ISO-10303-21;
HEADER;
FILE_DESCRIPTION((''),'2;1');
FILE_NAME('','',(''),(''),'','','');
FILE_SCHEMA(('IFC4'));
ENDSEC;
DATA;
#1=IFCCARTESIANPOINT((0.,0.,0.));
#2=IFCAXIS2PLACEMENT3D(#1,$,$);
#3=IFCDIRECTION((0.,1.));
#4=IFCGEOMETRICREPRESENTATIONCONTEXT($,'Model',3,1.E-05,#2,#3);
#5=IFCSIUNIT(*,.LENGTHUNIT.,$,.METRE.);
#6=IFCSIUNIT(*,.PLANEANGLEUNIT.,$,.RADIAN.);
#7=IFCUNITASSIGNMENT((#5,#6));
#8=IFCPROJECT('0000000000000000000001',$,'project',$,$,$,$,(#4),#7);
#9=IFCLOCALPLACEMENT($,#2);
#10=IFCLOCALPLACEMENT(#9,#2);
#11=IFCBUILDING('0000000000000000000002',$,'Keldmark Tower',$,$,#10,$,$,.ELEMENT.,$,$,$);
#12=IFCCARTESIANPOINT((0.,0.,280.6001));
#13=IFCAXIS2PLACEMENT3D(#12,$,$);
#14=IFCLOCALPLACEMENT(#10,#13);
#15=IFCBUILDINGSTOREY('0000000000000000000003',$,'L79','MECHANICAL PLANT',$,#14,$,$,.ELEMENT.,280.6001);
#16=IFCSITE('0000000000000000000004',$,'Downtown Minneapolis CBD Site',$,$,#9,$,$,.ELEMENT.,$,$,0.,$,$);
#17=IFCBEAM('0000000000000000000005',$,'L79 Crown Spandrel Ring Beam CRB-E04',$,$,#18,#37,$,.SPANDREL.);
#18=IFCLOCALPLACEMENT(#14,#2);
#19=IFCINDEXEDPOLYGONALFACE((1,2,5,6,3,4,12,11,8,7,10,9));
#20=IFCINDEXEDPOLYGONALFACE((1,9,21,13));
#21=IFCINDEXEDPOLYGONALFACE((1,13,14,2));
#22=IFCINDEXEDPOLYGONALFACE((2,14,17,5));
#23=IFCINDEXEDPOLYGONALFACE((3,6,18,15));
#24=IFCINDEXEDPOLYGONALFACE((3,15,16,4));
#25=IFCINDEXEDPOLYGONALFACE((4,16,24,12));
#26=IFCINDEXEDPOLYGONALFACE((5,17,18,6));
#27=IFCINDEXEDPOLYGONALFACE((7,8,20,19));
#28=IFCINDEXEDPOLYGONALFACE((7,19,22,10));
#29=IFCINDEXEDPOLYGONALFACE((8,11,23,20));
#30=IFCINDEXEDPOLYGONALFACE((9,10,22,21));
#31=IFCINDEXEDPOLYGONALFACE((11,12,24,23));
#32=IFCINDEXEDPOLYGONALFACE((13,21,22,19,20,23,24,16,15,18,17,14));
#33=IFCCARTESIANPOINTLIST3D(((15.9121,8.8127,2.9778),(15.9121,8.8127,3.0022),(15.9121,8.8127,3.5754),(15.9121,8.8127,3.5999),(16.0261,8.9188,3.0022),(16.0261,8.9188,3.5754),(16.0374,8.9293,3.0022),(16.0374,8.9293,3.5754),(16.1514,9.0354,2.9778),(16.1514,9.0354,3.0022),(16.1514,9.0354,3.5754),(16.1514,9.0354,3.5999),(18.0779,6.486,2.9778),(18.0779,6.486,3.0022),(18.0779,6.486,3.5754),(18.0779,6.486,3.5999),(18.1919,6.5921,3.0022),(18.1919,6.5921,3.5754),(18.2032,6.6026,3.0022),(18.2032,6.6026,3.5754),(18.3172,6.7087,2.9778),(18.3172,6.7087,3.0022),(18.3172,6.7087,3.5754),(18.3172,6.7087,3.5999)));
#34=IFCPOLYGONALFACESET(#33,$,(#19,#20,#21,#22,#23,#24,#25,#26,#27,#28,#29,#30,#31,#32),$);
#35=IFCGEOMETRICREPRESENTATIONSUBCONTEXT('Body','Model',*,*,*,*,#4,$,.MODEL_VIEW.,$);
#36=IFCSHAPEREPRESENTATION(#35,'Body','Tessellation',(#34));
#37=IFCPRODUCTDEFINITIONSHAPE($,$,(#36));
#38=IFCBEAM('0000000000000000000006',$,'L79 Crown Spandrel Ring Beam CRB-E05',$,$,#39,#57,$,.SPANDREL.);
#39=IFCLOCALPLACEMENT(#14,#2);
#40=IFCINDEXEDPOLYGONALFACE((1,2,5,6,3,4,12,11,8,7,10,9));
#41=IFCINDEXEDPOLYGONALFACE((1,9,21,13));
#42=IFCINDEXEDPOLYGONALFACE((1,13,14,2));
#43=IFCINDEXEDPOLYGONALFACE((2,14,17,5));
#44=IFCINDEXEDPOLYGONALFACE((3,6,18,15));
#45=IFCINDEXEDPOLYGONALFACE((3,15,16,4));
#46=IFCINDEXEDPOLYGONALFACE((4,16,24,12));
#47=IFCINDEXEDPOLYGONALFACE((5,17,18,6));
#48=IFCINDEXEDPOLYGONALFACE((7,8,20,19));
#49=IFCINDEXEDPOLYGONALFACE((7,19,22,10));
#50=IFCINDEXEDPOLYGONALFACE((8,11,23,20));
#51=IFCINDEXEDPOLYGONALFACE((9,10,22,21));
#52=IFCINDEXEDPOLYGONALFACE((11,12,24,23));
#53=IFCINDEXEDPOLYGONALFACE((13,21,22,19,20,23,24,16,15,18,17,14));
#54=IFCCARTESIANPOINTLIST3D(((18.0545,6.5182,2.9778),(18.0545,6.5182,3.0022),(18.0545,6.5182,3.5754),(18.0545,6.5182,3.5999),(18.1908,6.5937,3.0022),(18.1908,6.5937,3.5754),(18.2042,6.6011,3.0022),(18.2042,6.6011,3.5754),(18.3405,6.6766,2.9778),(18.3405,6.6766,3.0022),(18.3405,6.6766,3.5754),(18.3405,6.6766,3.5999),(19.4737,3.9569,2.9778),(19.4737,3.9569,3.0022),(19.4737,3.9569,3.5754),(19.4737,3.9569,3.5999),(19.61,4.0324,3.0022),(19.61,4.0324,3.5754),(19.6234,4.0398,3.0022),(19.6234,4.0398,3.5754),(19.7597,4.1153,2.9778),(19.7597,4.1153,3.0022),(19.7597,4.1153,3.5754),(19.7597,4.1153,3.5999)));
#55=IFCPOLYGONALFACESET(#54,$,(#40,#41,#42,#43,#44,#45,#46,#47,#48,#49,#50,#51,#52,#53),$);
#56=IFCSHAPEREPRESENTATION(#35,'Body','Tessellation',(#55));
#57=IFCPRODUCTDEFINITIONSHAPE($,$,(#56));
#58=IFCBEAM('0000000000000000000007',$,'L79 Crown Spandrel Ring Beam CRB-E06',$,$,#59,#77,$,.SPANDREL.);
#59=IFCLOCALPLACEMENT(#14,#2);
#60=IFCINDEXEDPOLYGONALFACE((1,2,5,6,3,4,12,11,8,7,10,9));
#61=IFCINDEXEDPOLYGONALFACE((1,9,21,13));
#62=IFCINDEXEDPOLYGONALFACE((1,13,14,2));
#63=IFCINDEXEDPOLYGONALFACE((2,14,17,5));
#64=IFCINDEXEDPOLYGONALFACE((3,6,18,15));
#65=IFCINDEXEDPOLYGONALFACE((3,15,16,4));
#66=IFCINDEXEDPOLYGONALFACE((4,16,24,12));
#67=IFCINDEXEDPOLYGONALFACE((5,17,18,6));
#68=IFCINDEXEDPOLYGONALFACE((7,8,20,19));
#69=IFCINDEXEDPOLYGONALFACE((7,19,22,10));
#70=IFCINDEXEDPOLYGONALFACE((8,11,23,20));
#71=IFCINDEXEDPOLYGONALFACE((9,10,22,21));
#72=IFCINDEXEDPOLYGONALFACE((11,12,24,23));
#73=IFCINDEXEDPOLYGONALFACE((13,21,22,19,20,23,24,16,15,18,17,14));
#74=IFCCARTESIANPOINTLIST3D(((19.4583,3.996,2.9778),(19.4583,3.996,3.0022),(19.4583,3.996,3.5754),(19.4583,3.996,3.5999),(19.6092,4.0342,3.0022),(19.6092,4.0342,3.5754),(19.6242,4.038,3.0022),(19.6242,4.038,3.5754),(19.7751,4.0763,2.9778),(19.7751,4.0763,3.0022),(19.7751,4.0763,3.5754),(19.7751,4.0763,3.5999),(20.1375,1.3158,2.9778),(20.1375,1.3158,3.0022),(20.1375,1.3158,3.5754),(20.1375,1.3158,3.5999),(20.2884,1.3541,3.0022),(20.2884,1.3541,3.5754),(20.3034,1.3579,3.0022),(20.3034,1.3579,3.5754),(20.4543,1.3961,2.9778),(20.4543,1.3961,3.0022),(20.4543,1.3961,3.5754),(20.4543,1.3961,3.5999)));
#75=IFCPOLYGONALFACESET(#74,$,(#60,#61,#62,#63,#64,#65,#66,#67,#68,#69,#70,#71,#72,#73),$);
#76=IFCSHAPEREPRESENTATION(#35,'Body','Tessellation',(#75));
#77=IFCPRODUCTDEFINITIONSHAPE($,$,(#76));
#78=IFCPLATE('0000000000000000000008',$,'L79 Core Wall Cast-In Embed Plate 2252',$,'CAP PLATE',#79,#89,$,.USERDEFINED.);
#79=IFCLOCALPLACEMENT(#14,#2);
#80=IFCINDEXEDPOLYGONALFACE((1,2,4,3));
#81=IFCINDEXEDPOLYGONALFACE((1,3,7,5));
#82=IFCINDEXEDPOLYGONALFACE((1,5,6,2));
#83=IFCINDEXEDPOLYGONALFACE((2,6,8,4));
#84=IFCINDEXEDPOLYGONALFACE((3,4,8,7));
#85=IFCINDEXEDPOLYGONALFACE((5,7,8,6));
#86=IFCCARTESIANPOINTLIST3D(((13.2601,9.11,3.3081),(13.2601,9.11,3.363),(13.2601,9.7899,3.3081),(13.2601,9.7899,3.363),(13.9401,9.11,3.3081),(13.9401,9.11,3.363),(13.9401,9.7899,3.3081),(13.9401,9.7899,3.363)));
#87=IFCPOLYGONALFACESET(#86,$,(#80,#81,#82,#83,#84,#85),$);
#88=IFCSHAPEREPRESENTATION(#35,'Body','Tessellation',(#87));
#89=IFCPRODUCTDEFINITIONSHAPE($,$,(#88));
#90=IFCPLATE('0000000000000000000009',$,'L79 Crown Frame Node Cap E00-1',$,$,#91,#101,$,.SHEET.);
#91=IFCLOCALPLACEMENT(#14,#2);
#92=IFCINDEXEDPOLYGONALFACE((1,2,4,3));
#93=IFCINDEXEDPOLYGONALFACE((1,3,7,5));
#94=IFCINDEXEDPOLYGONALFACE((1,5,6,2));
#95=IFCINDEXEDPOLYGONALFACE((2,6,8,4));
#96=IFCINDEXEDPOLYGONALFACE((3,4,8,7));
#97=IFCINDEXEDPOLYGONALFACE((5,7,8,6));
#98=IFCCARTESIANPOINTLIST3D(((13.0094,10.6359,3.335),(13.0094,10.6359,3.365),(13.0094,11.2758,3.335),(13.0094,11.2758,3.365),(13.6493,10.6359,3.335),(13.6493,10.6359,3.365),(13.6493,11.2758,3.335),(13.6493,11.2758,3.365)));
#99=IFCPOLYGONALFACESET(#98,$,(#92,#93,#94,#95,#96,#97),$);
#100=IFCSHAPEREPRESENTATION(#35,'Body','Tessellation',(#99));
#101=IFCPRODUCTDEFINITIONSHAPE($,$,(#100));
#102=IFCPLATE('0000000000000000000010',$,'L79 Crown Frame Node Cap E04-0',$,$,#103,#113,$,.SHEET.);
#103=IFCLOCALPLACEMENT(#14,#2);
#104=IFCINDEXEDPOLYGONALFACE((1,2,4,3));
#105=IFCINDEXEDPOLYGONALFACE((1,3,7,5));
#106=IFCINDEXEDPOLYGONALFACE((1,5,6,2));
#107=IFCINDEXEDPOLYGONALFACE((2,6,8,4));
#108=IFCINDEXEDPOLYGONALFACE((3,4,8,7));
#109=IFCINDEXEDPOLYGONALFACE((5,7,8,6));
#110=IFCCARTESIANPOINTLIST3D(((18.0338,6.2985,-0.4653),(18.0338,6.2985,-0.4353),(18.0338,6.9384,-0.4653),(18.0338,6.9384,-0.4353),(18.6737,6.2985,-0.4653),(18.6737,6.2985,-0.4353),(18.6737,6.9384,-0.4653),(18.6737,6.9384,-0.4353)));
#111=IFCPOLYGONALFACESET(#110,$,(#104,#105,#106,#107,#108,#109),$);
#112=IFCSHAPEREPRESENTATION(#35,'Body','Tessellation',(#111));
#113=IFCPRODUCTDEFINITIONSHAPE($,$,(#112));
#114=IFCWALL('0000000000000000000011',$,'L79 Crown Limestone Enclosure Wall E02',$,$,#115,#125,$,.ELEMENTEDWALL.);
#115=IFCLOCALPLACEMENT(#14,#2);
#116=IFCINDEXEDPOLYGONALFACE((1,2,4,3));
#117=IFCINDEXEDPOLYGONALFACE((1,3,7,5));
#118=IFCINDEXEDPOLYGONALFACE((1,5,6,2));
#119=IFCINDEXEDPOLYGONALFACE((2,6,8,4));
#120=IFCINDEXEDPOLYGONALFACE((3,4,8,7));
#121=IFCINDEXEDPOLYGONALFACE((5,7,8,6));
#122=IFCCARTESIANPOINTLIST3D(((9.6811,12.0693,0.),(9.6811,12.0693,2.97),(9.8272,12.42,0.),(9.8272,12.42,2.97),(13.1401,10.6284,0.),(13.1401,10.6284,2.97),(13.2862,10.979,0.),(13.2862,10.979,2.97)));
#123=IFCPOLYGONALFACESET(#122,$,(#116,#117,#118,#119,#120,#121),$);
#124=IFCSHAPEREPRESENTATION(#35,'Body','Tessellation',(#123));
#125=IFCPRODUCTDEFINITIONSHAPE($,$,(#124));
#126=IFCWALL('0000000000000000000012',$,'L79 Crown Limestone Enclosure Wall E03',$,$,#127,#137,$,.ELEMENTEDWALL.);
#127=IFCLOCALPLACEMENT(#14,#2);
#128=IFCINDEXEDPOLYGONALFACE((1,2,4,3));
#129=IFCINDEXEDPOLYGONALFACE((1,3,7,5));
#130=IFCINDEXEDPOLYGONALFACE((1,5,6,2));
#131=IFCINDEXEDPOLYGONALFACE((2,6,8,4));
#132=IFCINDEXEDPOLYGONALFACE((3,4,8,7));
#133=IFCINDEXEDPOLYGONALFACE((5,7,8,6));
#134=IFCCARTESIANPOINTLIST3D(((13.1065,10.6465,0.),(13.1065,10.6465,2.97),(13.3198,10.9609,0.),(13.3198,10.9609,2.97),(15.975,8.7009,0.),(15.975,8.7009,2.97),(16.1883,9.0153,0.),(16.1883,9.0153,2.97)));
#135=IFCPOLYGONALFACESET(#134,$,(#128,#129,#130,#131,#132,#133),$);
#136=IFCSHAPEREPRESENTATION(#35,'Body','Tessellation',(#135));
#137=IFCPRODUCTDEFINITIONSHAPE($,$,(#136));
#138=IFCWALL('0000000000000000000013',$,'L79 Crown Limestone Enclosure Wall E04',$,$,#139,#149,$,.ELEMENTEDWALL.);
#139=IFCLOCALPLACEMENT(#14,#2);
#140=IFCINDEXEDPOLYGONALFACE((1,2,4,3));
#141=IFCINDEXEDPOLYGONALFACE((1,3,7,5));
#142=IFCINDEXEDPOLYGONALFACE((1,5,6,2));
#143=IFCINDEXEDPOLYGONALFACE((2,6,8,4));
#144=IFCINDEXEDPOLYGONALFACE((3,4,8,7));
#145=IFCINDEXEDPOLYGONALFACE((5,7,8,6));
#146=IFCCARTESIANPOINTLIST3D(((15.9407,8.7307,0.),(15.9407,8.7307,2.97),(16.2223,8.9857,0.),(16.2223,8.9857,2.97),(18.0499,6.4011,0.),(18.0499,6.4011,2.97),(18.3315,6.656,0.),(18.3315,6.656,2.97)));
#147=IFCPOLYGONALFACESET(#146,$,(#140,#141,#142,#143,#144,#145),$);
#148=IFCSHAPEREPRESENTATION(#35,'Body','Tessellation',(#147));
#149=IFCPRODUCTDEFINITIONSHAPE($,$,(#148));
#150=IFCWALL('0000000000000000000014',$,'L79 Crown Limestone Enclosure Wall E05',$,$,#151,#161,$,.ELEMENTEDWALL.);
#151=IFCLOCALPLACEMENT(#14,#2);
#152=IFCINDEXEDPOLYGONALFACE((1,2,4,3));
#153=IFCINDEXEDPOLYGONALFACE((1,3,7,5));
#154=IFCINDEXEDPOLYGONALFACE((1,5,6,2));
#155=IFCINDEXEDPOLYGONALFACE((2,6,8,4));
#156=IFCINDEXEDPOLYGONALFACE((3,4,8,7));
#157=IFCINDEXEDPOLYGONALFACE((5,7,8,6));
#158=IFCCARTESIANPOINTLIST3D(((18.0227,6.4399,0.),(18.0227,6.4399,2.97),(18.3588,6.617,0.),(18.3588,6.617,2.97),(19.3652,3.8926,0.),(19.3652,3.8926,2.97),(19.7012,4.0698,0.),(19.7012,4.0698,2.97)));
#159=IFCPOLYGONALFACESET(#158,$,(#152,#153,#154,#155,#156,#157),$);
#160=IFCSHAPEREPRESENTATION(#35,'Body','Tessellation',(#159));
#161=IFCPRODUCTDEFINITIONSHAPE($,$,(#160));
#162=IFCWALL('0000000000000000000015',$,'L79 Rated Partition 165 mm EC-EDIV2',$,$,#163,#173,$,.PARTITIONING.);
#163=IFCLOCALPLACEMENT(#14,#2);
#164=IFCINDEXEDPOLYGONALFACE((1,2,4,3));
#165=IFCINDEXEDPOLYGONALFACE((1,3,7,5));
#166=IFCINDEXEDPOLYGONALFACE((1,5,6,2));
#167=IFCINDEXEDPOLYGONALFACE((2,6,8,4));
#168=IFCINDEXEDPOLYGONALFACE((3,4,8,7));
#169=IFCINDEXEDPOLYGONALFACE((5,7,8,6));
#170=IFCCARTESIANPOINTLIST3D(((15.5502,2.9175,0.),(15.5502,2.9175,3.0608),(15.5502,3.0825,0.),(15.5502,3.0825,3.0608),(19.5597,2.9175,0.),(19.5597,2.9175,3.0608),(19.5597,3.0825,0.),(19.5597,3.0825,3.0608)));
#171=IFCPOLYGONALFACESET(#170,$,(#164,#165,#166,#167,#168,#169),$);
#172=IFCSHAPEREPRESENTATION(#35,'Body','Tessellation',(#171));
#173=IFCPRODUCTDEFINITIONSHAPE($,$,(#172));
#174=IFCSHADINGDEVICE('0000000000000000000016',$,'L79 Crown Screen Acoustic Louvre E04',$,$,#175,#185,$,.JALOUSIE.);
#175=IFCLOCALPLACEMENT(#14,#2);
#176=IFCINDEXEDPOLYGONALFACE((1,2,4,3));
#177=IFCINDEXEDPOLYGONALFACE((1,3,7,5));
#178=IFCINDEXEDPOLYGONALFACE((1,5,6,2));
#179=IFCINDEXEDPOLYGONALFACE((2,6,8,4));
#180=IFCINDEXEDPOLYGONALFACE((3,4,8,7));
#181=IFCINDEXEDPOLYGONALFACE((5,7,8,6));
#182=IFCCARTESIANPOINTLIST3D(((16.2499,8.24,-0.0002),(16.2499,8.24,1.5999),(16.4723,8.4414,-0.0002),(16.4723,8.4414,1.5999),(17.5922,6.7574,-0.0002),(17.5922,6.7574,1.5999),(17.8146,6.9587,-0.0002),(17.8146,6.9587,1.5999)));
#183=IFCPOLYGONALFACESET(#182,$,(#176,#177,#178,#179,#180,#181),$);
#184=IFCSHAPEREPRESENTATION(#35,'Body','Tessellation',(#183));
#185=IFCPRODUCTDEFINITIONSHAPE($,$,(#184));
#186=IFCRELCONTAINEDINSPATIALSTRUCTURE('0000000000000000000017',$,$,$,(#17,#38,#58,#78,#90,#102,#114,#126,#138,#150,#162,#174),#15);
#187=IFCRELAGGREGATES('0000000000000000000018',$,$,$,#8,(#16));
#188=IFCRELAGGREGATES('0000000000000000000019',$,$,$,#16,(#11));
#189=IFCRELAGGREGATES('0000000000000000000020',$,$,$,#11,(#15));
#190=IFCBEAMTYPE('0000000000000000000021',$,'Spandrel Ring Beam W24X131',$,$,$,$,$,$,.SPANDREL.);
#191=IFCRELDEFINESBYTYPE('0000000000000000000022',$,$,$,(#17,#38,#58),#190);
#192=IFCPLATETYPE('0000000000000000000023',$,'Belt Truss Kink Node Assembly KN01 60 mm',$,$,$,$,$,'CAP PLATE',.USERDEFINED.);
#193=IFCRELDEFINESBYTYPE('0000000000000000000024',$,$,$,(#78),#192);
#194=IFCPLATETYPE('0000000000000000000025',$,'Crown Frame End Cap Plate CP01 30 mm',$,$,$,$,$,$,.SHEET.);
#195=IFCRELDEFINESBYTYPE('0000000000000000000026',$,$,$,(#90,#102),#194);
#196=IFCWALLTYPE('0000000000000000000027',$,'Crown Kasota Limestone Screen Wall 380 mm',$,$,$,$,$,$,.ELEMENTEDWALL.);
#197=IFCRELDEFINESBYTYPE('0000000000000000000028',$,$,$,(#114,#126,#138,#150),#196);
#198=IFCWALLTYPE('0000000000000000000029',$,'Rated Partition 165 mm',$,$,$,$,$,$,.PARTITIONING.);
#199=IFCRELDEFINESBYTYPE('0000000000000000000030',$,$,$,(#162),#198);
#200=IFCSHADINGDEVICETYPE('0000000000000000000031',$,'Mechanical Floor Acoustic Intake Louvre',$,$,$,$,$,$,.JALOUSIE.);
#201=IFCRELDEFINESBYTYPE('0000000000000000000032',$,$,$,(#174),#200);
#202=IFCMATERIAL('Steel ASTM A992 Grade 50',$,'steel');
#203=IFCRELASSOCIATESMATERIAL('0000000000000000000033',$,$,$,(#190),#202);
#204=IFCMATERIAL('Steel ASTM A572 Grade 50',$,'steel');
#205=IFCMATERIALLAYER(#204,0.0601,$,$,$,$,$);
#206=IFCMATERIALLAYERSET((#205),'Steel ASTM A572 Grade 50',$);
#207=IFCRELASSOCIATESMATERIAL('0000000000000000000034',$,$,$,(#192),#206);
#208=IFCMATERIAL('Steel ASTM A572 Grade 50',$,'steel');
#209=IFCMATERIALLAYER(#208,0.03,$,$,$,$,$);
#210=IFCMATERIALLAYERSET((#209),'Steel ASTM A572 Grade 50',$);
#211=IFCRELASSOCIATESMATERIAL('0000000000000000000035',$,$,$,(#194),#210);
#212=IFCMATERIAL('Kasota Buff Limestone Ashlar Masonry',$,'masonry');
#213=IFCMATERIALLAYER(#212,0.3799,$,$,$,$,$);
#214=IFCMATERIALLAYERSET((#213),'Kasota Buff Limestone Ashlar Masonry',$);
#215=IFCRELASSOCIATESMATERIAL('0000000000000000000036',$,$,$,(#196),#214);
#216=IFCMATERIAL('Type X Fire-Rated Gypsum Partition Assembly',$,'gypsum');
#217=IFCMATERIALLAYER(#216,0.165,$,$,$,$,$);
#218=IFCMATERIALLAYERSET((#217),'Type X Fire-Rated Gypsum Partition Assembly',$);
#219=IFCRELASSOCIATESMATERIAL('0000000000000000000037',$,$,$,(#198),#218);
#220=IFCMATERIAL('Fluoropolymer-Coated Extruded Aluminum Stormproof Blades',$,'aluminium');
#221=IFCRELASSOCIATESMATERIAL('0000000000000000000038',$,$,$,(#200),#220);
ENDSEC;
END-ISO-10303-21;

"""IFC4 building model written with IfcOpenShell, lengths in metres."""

from ifc_helpers import new_model, si_unit, direction, frame, frame_2d, origin, origin_2d, place, context, subcontext, project, spatial, rectangle, i_section, extrude, material, layer, layer_set, material_profile, profile_set, type_object, element, save


model = new_model("IFC4")

# Units and contexts
model_context = context("Model", 3, precision=1e-05, world=origin(), true_north=direction((0.0, 1.0)))
body_context = subcontext(model_context, "Body", "Model", "MODEL_VIEW")
ifc_project = project(units=[si_unit("LENGTHUNIT", "METRE"), si_unit("PLANEANGLEUNIT", "RADIAN")], contexts=[model_context])

# Site, building, storey
site_placement = place(None, origin())
site = spatial("IfcSite", under=ifc_project, at=site_placement, Name="Downtown Minneapolis CBD Site", CompositionType="ELEMENT", RefElevation=0.0)
building_placement = place(site_placement, origin())
building = spatial("IfcBuilding", under=site, at=building_placement, Name="Keldmark Tower", CompositionType="ELEMENT")
storey_placement = place(building_placement, frame((0.0, 0.0, 280.6001)))
storey = spatial("IfcBuildingStorey", under=building, at=storey_placement, Name="L79", Description="MECHANICAL PLANT", CompositionType="ELEMENT", Elevation=280.6001)

# Beams
ifc_material_1 = material(Name="Steel ASTM A992 Grade 50", Category="steel")
ifc_material_profile_1 = material_profile(ifc_material_1, i_section(OverallWidth=0.3269, OverallDepth=0.6221, WebThickness=0.0154, FlangeThickness=0.0244, at=origin_2d()), Name="W24X131")
ifc_profile_set_1 = profile_set([ifc_material_profile_1], Name="Steel ASTM A992 Grade 50")
beam_type_1 = type_object("IfcBeamType", Name="Spandrel Ring Beam W24X131", PredefinedType="SPANDREL", material=ifc_profile_set_1)
beam_1_placement = place(storey_placement, frame((16.0317, 8.9241, 3.2888), z_axis=(0.681346, -0.731961, 0.0), x_axis=(0.731961, 0.681346, 0.0)))
element("IfcBeam", 1, at=beam_1_placement, inside=storey, type_object=beam_type_1, Name="L79 Crown Spandrel Ring Beam CRB-E04", PredefinedType="SPANDREL", context=body_context, shape_type="SweptSolid", body=[
    extrude(i_section(OverallWidth=0.3269, OverallDepth=0.6221, WebThickness=0.0154, FlangeThickness=0.0244, at=origin_2d()), origin(), (0.0, 0.0, 1.0), 3.1787),
])
beam_2_placement = place(storey_placement, frame((18.1975, 6.5974, 3.2888), z_axis=(0.484666, -0.874699, 0.0), x_axis=(0.874699, 0.484666, 0.0)))
element("IfcBeam", 2, at=beam_2_placement, inside=storey, type_object=beam_type_1, Name="L79 Crown Spandrel Ring Beam CRB-E05", PredefinedType="SPANDREL", context=body_context, shape_type="SweptSolid", body=[
    extrude(i_section(OverallWidth=0.3269, OverallDepth=0.6221, WebThickness=0.0154, FlangeThickness=0.0244, at=origin_2d()), origin(), (0.0, 0.0, 1.0), 2.9282),
])
beam_3_placement = place(storey_placement, frame((19.6167, 4.0361, 3.2888), z_axis=(0.245651, -0.969358, 0.0), x_axis=(0.969358, 0.245651, 0.0)))
element("IfcBeam", 3, at=beam_3_placement, inside=storey, type_object=beam_type_1, Name="L79 Crown Spandrel Ring Beam CRB-E06", PredefinedType="SPANDREL", context=body_context, shape_type="SweptSolid", body=[
    extrude(i_section(OverallWidth=0.3269, OverallDepth=0.6221, WebThickness=0.0154, FlangeThickness=0.0244, at=origin_2d()), origin(), (0.0, 0.0, 1.0), 2.7649),
])

# Plates
ifc_material_2 = material(Name="Steel ASTM A572 Grade 50", Category="steel")
ifc_layer_1 = layer(ifc_material_2, 0.0601)
ifc_layer_set_1 = layer_set([ifc_layer_1], Name="Steel ASTM A572 Grade 50")
plate_type_1 = type_object("IfcPlateType", Name="Belt Truss Kink Node Assembly KN01 60 mm", ElementType="CAP PLATE", PredefinedType="USERDEFINED", material=ifc_layer_set_1)
plate_placement = place(storey_placement, frame((13.6001, 9.45, 3.3081), z_axis=(0.0, 0.0, 1.0), x_axis=(1.0, 0.0, 0.0)))
element("IfcPlate", 4, at=plate_placement, inside=storey, type_object=plate_type_1, Name="L79 Core Wall Cast-In Embed Plate 2252", ObjectType="CAP PLATE", PredefinedType="USERDEFINED", context=body_context, shape_type="SweptSolid", body=[
    extrude(rectangle(XDim=0.6799, YDim=0.6799, at=origin_2d()), origin(), (0.0, 0.0, 1.0), 0.0549),
])
ifc_material_3 = material(Name="Steel ASTM A572 Grade 50", Category="steel")
ifc_layer_2 = layer(ifc_material_3, 0.03)
ifc_layer_set_2 = layer_set([ifc_layer_2], Name="Steel ASTM A572 Grade 50")
plate_type_2 = type_object("IfcPlateType", Name="Crown Frame End Cap Plate CP01 30 mm", PredefinedType="SHEET", material=ifc_layer_set_2)
for number, where, z_axis, x_axis, name in (
    (5, (13.3293, 10.9558, 3.335), (0.0, 0.0, 1.0), (1.0, 0.0, 0.0), "L79 Crown Frame Node Cap E00-1"),
    (6, (18.3538, 6.6184, -0.4653), (0.0, 0.0, 1.0), (1.0, 0.0, 0.0), "L79 Crown Frame Node Cap E04-0"),
):
    element("IfcPlate", number, at=place(storey_placement, frame(where, z_axis=z_axis, x_axis=x_axis)), inside=storey, type_object=plate_type_2, Name=name, PredefinedType="SHEET", context=body_context, shape_type="SweptSolid", body=[
        extrude(rectangle(XDim=0.6399, YDim=0.6399, at=origin_2d()), origin(), (0.0, 0.0, 1.0), 0.03),
    ])

# Walls
ifc_material_4 = material(Name="Kasota Buff Limestone Ashlar Masonry", Category="masonry")
ifc_layer_3 = layer(ifc_material_4, 0.3799)
ifc_layer_set_3 = layer_set([ifc_layer_3], Name="Kasota Buff Limestone Ashlar Masonry")
wall_type_1 = type_object("IfcWallType", Name="Crown Kasota Limestone Screen Wall 380 mm", PredefinedType="ELEMENTEDWALL", material=ifc_layer_set_3)
wall_1_placement = place(storey_placement, frame((13.2131, 10.8037, 0.0), z_axis=(0.0, 0.0, 1.0), x_axis=(-0.923108, 0.384541, 0.0)))
element("IfcWall", 7, at=wall_1_placement, inside=storey, type_object=wall_type_1, Name="L79 Crown Limestone Enclosure Wall E02", PredefinedType="ELEMENTEDWALL", context=body_context, shape_type="SweptSolid", body=[
    extrude(rectangle(XDim=3.7471, YDim=0.3799, at=frame_2d((1.8735, 0.0))), origin(), (0.0, 0.0, 1.0), 2.97),
])
wall_2_placement = place(storey_placement, frame((16.0815, 8.8582, 0.0), z_axis=(0.0, 0.0, 1.0), x_axis=(-0.827591, 0.561331, 0.0)))
element("IfcWall", 8, at=wall_2_placement, inside=storey, type_object=wall_type_1, Name="L79 Crown Limestone Enclosure Wall E03", PredefinedType="ELEMENTEDWALL", context=body_context, shape_type="SweptSolid", body=[
    extrude(rectangle(XDim=3.4661, YDim=0.3799, at=frame_2d((1.7329, 0.0))), origin(), (0.0, 0.0, 1.0), 2.97),
])
wall_3_placement = place(storey_placement, frame((18.1907, 6.5286, 0.0), z_axis=(0.0, 0.0, 1.0), x_axis=(-0.671159, 0.741313, 0.0)))
element("IfcWall", 9, at=wall_3_placement, inside=storey, type_object=wall_type_1, Name="L79 Crown Limestone Enclosure Wall E04", PredefinedType="ELEMENTEDWALL", context=body_context, shape_type="SweptSolid", body=[
    extrude(rectangle(XDim=3.1426, YDim=0.3799, at=frame_2d((1.5713, 0.0))), origin(), (0.0, 0.0, 1.0), 2.97),
])
wall_4_placement = place(storey_placement, frame((19.5332, 3.9812, 0.0), z_axis=(0.0, 0.0, 1.0), x_axis=(-0.466239, 0.884659, 0.0)))
element("IfcWall", 10, at=wall_4_placement, inside=storey, type_object=wall_type_1, Name="L79 Crown Limestone Enclosure Wall E05", PredefinedType="ELEMENTEDWALL", context=body_context, shape_type="SweptSolid", body=[
    extrude(rectangle(XDim=2.8794, YDim=0.3799, at=frame_2d((1.4397, 0.0))), origin(), (0.0, 0.0, 1.0), 2.97),
])

# Shared definitions
ifc_material_5 = material(Name="Type X Fire-Rated Gypsum Partition Assembly", Category="gypsum")
ifc_layer_4 = layer(ifc_material_5, 0.165)
ifc_layer_set_4 = layer_set([ifc_layer_4], Name="Type X Fire-Rated Gypsum Partition Assembly")
wall_type_2 = type_object("IfcWallType", Name="Rated Partition 165 mm", PredefinedType="PARTITIONING", material=ifc_layer_set_4)

# Wall
wall_5_placement = place(storey_placement, frame((15.55, 3.0, 0.0), z_axis=(0.0, 0.0, 1.0), x_axis=(1.0, 0.0, 0.0)))
element("IfcWall", 11, at=wall_5_placement, inside=storey, type_object=wall_type_2, Name="L79 Rated Partition 165 mm EC-EDIV2", PredefinedType="PARTITIONING", context=body_context, shape_type="SweptSolid", body=[
    extrude(rectangle(XDim=4.0095, YDim=0.165, at=frame_2d((2.0049, 0.0))), origin(), (0.0, 0.0, 1.0), 3.0608),
])

# Shading device
ifc_material_6 = material(Name="Fluoropolymer-Coated Extruded Aluminum Stormproof Blades", Category="aluminium")
shading_device_type = type_object("IfcShadingDeviceType", Name="Mechanical Floor Acoustic Intake Louvre", PredefinedType="JALOUSIE", material=ifc_material_6)
shading_device_placement = place(storey_placement, frame((17.0322, 7.5994, -0.0002), z_axis=(0.0, 0.0, 1.0), x_axis=(-0.671151, 0.74132, 0.0)))
element("IfcShadingDevice", 12, at=shading_device_placement, inside=storey, type_object=shading_device_type, Name="L79 Crown Screen Acoustic Louvre E04", PredefinedType="JALOUSIE", context=body_context, shape_type="SweptSolid", body=[
    extrude(rectangle(XDim=2.0, YDim=0.3, at=origin_2d()), origin(), (0.0, 0.0, 1.0), 1.6001),
])

save(model, "model.ifc")
